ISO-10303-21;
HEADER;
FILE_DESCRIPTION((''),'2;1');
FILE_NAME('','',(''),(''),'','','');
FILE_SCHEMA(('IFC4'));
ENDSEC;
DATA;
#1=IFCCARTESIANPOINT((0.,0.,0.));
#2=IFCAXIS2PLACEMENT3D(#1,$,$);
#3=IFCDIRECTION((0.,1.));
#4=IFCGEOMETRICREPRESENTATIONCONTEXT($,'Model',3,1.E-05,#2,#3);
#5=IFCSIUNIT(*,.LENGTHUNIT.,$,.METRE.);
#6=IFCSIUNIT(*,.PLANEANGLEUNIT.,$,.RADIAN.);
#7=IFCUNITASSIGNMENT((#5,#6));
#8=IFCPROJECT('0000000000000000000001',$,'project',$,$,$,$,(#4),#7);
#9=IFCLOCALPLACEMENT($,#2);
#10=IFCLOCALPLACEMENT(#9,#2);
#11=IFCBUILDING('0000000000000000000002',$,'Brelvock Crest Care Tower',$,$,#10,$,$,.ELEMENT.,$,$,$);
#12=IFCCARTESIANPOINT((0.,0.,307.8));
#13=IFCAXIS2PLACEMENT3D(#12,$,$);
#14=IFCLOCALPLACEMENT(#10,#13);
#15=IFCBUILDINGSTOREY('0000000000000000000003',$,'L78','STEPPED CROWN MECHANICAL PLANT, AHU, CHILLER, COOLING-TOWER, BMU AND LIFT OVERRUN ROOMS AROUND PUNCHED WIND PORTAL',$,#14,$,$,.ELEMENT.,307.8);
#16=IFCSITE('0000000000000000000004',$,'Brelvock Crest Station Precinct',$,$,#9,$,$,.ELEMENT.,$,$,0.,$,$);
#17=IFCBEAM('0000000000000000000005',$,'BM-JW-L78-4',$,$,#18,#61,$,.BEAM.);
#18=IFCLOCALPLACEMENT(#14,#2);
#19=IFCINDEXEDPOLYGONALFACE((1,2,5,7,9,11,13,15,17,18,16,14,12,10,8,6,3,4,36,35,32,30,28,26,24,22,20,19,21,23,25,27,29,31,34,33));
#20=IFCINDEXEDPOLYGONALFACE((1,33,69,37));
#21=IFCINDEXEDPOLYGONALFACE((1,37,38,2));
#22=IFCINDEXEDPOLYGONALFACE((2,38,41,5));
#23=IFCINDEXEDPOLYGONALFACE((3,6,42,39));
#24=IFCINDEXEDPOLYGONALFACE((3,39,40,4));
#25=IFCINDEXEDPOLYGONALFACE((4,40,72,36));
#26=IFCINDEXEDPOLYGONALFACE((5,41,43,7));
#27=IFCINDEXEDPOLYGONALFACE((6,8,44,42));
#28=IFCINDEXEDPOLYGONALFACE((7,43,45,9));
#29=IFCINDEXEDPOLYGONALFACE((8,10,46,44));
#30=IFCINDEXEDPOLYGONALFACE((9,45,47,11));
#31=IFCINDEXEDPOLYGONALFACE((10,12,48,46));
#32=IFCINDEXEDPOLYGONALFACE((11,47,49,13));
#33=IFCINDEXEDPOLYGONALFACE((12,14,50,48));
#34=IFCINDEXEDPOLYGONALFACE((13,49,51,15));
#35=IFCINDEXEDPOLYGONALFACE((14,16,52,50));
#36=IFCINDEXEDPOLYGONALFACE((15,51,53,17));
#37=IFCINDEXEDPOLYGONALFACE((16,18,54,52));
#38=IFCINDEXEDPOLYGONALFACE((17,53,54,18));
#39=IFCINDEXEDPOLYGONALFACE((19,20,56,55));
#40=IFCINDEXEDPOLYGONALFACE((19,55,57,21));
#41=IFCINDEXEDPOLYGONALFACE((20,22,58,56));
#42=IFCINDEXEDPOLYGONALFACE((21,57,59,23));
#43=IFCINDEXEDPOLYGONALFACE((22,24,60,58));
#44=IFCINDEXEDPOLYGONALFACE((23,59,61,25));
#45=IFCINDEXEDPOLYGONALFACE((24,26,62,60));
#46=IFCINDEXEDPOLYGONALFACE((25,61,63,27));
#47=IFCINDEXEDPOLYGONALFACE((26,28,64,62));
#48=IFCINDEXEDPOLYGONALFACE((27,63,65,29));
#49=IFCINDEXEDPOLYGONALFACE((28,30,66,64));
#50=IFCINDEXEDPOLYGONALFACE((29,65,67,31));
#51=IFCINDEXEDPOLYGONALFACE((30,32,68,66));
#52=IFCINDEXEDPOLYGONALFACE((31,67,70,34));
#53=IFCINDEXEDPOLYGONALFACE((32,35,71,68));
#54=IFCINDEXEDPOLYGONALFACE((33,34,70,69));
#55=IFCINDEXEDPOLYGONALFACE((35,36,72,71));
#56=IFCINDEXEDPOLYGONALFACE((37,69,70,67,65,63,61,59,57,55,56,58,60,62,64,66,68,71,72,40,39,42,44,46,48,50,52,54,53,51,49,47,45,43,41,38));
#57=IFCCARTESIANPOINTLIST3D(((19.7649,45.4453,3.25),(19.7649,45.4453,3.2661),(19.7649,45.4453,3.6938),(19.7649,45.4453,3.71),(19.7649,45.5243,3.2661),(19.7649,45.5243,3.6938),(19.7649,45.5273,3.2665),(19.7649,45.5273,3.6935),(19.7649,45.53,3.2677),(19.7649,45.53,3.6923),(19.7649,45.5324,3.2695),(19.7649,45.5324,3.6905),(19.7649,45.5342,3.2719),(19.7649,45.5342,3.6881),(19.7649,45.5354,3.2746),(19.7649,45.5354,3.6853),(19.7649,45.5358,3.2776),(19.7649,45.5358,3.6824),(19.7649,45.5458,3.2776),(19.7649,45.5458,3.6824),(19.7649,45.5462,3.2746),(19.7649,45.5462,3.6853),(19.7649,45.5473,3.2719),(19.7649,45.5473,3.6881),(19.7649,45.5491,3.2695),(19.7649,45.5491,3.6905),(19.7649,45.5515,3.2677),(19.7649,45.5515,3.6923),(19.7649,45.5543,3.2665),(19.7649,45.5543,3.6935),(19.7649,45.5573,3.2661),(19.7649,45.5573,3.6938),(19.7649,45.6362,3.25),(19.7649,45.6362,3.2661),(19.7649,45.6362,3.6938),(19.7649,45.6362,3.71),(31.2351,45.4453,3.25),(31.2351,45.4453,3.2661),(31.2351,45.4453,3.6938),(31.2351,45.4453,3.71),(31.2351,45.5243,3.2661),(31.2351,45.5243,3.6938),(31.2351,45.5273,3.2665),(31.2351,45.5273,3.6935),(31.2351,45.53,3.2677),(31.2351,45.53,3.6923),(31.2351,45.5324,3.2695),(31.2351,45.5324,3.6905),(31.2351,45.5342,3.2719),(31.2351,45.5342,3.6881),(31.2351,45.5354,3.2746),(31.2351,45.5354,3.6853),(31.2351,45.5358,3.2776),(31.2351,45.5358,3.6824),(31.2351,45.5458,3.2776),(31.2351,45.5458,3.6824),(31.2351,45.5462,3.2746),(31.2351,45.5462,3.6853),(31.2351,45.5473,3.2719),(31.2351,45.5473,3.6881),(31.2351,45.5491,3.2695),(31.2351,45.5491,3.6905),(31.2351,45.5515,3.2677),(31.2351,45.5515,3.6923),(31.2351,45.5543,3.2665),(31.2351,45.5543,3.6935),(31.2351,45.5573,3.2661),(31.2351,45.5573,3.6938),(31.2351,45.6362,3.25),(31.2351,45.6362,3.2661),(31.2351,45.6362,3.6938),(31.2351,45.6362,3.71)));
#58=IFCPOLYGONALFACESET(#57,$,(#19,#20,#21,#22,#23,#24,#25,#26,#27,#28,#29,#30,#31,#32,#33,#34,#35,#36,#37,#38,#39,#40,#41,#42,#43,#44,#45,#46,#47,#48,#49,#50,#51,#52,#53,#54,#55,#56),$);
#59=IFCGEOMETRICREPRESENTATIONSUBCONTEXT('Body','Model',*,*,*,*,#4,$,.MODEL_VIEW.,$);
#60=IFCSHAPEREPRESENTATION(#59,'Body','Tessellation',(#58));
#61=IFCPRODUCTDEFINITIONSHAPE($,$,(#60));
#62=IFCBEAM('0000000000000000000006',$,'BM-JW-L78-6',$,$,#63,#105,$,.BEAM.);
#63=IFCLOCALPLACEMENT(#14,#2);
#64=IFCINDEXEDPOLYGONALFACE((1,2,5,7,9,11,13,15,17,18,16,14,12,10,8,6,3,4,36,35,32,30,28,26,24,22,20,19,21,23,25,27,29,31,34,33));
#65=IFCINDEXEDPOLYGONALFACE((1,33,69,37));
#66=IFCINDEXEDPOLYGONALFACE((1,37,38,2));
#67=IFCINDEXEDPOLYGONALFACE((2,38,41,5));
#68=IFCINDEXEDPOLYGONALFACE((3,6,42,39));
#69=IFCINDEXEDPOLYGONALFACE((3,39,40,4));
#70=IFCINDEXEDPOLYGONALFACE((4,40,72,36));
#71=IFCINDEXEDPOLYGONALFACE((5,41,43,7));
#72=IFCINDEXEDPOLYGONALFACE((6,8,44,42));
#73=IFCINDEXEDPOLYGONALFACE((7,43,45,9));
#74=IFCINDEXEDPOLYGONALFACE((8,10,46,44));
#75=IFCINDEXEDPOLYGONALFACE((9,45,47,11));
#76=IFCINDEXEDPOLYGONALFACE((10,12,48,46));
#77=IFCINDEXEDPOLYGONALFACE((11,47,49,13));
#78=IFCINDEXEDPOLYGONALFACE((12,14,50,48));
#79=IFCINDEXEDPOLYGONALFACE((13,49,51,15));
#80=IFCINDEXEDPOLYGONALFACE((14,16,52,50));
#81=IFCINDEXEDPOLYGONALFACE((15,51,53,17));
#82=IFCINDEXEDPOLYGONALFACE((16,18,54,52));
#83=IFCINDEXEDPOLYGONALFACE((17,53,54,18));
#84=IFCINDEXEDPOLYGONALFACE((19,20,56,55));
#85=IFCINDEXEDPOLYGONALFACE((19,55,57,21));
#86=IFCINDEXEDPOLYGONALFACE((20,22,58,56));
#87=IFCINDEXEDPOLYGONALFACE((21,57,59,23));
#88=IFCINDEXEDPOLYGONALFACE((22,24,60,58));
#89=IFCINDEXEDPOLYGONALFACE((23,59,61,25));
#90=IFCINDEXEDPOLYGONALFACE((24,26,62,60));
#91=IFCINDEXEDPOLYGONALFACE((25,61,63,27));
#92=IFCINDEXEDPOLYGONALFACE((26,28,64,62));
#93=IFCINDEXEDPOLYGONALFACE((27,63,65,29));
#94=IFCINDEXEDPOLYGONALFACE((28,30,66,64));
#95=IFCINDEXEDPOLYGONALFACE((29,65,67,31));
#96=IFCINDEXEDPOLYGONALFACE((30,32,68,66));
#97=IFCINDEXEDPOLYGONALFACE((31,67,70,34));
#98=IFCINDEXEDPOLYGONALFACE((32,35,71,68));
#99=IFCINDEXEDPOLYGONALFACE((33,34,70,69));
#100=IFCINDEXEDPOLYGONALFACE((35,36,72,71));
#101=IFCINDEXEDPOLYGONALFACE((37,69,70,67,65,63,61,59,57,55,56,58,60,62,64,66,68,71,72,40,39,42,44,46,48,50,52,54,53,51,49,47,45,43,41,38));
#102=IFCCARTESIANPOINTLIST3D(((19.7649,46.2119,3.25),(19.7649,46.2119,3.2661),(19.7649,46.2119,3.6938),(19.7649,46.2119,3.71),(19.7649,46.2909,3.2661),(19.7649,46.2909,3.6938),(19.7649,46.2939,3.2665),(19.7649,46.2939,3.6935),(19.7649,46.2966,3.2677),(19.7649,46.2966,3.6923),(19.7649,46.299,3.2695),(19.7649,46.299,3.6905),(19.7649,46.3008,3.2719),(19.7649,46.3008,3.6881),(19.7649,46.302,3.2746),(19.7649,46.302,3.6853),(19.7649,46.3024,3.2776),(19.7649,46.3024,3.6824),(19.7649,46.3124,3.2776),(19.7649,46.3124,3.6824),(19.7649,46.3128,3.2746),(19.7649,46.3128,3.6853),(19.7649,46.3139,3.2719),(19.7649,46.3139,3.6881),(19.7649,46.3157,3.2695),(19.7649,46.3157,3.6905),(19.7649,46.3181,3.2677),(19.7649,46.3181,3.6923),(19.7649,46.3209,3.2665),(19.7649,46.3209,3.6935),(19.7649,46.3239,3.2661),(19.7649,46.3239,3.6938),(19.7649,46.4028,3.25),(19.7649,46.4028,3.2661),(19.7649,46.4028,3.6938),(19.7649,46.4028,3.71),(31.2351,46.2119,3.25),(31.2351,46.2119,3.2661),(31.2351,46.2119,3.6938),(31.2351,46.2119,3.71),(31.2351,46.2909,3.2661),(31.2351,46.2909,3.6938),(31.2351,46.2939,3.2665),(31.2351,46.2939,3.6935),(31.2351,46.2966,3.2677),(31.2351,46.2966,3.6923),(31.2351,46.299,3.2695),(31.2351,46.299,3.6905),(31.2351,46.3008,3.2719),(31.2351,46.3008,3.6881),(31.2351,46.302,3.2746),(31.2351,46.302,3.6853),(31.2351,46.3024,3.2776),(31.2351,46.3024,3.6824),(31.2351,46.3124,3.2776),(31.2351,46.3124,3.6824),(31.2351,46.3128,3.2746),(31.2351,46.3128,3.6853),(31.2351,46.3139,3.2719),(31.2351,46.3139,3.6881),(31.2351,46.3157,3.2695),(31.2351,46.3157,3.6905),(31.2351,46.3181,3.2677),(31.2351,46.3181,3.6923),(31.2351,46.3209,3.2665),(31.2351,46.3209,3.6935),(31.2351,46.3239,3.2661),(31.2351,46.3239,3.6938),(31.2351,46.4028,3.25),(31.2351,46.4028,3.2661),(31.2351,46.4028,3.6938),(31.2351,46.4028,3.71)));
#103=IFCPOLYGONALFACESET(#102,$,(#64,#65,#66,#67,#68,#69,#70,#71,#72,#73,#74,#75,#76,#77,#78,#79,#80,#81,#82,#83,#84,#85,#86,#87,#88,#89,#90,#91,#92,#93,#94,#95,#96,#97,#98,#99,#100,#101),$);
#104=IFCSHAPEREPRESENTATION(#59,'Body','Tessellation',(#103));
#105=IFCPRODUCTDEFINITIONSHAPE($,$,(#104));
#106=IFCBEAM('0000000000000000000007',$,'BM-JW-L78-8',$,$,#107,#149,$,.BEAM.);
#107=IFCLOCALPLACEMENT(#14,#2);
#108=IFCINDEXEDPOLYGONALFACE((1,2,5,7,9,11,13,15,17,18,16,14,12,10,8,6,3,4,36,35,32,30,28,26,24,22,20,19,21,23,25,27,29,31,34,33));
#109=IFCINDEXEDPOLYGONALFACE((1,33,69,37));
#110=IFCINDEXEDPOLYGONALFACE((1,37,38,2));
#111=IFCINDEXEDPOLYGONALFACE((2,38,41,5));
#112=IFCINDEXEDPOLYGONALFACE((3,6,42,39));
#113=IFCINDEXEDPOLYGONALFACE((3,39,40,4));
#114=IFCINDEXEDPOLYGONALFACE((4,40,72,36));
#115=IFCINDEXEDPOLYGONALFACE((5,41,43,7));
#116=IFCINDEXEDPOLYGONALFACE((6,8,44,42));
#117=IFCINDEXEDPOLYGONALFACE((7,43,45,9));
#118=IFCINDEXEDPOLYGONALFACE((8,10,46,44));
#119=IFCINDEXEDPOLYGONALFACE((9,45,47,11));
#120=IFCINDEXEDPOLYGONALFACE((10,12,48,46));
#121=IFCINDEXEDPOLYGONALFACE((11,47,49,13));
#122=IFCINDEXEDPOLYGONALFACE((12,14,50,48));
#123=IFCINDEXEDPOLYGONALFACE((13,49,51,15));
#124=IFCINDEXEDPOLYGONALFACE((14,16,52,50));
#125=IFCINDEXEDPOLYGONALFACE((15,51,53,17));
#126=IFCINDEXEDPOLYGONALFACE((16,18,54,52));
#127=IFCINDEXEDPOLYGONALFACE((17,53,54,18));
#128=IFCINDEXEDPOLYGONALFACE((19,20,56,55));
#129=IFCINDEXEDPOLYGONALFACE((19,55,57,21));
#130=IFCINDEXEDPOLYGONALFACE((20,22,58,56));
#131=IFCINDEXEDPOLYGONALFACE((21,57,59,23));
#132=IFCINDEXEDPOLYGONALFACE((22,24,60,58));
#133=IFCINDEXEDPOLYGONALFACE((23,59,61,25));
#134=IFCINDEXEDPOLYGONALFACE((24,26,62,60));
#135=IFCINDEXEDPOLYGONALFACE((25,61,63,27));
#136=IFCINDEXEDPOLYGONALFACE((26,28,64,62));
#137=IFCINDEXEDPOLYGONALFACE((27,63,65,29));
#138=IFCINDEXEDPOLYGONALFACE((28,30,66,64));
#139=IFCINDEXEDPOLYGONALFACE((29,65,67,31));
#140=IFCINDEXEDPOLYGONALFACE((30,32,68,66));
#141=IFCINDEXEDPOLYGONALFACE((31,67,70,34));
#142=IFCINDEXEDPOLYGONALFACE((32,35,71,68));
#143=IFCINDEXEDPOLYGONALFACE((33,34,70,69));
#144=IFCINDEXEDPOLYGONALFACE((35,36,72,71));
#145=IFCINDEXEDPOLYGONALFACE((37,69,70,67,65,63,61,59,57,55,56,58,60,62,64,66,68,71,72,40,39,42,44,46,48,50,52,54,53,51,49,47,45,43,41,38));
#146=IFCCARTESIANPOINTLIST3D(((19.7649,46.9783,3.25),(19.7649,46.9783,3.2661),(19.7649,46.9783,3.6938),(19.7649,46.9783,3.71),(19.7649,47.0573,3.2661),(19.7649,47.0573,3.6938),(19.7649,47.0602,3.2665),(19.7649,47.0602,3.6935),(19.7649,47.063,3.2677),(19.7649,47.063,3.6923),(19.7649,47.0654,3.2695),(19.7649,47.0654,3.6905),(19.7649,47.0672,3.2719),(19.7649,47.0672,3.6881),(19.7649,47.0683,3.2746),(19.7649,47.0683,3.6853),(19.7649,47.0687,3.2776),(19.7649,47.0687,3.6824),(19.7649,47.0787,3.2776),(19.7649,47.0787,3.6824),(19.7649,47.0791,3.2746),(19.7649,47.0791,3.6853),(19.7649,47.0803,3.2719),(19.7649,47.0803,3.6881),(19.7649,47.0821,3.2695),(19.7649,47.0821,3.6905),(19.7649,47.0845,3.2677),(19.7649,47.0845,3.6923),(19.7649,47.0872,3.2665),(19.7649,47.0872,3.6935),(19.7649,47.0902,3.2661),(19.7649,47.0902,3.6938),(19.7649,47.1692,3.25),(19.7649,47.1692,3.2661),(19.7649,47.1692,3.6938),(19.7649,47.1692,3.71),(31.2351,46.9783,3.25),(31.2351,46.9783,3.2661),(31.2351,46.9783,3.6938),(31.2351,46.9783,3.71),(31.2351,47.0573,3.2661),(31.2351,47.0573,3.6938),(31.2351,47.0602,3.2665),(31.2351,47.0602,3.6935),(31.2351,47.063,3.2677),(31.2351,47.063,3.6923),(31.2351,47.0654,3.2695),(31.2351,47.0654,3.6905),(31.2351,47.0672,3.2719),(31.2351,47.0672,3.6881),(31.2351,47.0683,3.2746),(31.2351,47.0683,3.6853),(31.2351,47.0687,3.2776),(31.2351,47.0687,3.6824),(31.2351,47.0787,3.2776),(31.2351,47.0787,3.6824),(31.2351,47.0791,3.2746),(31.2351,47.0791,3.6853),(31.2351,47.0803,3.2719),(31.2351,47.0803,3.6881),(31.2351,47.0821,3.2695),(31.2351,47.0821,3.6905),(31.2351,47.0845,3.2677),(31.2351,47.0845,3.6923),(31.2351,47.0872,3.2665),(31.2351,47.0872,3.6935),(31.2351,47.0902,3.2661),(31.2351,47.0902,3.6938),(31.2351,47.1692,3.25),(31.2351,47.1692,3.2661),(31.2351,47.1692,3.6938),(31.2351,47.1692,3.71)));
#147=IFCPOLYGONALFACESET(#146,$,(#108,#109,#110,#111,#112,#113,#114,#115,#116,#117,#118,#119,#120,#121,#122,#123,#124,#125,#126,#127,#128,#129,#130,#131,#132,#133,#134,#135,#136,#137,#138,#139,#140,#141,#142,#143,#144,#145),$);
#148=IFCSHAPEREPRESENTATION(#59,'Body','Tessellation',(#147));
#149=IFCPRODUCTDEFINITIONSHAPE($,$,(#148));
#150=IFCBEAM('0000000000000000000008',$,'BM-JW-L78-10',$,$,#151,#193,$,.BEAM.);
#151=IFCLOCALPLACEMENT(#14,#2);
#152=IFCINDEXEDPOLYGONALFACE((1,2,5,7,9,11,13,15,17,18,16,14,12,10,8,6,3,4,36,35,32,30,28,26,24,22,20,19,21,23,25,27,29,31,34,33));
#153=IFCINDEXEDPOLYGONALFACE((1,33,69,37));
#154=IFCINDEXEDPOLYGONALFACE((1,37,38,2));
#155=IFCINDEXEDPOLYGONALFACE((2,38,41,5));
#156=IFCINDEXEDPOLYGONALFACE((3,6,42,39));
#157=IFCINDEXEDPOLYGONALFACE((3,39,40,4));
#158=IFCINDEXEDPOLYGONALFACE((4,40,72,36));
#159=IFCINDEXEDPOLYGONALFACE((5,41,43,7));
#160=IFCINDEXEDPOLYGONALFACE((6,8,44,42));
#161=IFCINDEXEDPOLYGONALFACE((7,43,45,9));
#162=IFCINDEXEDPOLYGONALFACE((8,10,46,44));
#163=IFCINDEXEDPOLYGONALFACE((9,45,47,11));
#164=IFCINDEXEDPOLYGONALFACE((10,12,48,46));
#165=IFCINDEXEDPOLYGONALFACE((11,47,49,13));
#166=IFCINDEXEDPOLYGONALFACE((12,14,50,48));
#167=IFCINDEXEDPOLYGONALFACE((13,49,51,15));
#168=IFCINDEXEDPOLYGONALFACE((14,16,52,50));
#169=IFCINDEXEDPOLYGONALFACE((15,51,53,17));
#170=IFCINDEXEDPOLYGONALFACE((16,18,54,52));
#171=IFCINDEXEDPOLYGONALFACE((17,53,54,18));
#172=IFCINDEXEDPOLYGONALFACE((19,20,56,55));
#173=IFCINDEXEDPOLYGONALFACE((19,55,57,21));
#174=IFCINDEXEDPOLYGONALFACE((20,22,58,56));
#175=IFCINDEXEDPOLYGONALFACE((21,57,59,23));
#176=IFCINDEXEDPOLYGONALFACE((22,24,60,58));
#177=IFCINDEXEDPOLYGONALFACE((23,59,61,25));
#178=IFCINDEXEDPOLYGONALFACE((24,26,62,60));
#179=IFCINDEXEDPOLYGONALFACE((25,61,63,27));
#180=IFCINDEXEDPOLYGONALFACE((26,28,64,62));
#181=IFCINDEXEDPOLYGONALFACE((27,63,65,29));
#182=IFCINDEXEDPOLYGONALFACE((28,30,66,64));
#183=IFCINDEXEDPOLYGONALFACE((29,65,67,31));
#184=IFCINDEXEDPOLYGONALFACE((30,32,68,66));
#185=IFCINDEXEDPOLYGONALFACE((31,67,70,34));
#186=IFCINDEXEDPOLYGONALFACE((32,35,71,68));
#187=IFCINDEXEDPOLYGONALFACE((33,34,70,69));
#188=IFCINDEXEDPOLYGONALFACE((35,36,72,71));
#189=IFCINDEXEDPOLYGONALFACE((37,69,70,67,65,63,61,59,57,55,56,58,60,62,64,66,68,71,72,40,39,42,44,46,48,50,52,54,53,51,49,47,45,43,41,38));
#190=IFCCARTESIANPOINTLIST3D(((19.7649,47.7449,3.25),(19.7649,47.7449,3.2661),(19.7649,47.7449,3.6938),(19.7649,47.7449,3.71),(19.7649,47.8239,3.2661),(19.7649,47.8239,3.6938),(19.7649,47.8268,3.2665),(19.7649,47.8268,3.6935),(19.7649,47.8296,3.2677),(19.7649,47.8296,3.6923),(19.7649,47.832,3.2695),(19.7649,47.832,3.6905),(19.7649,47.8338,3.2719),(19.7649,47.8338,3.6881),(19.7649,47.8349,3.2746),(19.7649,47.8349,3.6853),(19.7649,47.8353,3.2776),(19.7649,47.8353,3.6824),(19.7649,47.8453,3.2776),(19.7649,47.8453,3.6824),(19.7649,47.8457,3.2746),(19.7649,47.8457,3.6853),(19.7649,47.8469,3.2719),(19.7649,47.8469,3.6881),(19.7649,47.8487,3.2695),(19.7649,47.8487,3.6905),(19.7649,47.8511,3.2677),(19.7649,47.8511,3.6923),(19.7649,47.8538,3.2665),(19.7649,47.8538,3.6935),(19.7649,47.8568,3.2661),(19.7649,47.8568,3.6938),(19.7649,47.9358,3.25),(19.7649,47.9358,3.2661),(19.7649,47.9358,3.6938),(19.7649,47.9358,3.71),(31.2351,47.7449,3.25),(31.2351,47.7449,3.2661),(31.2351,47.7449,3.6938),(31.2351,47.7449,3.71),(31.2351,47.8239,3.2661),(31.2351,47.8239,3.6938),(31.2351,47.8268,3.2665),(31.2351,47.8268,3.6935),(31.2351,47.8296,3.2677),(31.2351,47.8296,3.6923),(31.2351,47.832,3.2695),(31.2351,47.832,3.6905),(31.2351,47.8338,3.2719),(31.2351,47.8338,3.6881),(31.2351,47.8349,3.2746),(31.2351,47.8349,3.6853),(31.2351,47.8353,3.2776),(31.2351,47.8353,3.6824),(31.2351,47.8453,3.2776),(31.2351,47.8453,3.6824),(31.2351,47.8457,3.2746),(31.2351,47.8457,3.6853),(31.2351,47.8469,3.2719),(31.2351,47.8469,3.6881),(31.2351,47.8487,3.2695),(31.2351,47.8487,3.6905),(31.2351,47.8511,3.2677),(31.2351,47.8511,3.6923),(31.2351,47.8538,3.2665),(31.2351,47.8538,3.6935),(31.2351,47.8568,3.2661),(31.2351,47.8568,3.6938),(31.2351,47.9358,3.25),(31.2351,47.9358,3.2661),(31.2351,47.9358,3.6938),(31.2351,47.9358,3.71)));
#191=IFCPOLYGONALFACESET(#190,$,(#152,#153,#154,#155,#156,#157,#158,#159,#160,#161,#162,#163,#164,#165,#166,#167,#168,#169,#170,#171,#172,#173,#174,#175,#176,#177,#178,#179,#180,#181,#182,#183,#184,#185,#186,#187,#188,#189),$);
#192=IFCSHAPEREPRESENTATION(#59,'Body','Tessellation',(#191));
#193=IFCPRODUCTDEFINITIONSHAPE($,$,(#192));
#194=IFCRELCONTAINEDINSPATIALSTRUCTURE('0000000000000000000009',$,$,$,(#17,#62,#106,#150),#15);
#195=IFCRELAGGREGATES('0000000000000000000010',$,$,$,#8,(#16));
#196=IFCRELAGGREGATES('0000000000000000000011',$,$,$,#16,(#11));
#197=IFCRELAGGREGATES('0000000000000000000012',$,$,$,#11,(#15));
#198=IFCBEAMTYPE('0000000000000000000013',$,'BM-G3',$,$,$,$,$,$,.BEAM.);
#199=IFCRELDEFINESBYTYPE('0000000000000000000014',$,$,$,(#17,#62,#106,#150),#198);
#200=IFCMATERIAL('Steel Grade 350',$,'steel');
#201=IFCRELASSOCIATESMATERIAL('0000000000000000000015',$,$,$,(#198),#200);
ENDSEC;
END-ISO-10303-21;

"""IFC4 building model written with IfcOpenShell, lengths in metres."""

from ifc_helpers import new_model, si_unit, direction, frame, origin, origin_2d, place, context, subcontext, project, spatial, i_section, extrude, source, transform, mapped, material, material_profile, profile_set, type_object, element, save


model = new_model("IFC4")

# Units and contexts
model_context = context("Model", 3, precision=1e-05, world=origin(), true_north=direction((0.0, 1.0)))
body_context = subcontext(model_context, "Body", "Model", "MODEL_VIEW")
ifc_project = project(units=[si_unit("LENGTHUNIT", "METRE"), si_unit("PLANEANGLEUNIT", "RADIAN")], contexts=[model_context])

# Site, building, storey
site_placement = place(None, origin())
site = spatial("IfcSite", under=ifc_project, at=site_placement, Name="Brelvock Crest Station Precinct", CompositionType="ELEMENT", RefElevation=0.0)
building_placement = place(site_placement, origin())
building = spatial("IfcBuilding", under=site, at=building_placement, Name="Brelvock Crest Care Tower", CompositionType="ELEMENT")
storey_placement = place(building_placement, frame((0.0, 0.0, 307.8)))
storey = spatial("IfcBuildingStorey", under=building, at=storey_placement, Name="L78", Description="STEPPED CROWN MECHANICAL PLANT, AHU, CHILLER, COOLING-TOWER, BMU AND LIFT OVERRUN ROOMS AROUND PUNCHED WIND PORTAL", CompositionType="ELEMENT", Elevation=307.8)

# Shared definitions
ifc_material_1 = material(Name="Steel Grade 350", Category="steel")

# Beams
ifc_material_profile_1 = material_profile(ifc_material_1, i_section(OverallWidth=0.1909, OverallDepth=0.46, WebThickness=0.01, FlangeThickness=0.0161, FilletRadius=0.0115, at=origin_2d()), Name="460UB82.1")
ifc_profile_set_1 = profile_set([ifc_material_profile_1], Name="Steel Grade 350")
beam_type_1 = type_object("IfcBeamType", Name="BM-G3", PredefinedType="BEAM", material=ifc_profile_set_1)
shared_shape_1 = source(origin(), body_context, "Body", "SweptSolid", [
    extrude(i_section(OverallWidth=0.1909, OverallDepth=0.46, WebThickness=0.01, FlangeThickness=0.0161, FilletRadius=0.0115, at=origin_2d()), origin(), (0.0, 0.0, 1.0), 11.4702),
])
for number, where, z_axis, x_axis, name in (
    (1, (19.7649, 45.5408, 3.48), (1.0, 0.0, 0.0), (0.0, 1.0, 0.0), "BM-JW-L78-4"),
    (2, (19.7649, 46.3074, 3.48), (1.0, 0.0, 0.0), (0.0, 1.0, 0.0), "BM-JW-L78-6"),
    (3, (19.7649, 47.0737, 3.48), (1.0, 0.0, 0.0), (0.0, 1.0, 0.0), "BM-JW-L78-8"),
    (4, (19.7649, 47.8403, 3.48), (1.0, 0.0, 0.0), (0.0, 1.0, 0.0), "BM-JW-L78-10"),
):
    element("IfcBeam", number, at=place(storey_placement, frame(where, z_axis=z_axis, x_axis=x_axis)), inside=storey, type_object=beam_type_1, Name=name, PredefinedType="BEAM", context=body_context, shape_type="MappedRepresentation", body=[
        mapped(shared_shape_1, transform((0.0, 0.0, 0.0), x_axis=(1.0, 0.0, 0.0), y_axis=(0.0, 1.0, 0.0), z_axis=(0.0, 0.0, 1.0), scale=1.0)),
    ])

save(model, "model.ifc")
